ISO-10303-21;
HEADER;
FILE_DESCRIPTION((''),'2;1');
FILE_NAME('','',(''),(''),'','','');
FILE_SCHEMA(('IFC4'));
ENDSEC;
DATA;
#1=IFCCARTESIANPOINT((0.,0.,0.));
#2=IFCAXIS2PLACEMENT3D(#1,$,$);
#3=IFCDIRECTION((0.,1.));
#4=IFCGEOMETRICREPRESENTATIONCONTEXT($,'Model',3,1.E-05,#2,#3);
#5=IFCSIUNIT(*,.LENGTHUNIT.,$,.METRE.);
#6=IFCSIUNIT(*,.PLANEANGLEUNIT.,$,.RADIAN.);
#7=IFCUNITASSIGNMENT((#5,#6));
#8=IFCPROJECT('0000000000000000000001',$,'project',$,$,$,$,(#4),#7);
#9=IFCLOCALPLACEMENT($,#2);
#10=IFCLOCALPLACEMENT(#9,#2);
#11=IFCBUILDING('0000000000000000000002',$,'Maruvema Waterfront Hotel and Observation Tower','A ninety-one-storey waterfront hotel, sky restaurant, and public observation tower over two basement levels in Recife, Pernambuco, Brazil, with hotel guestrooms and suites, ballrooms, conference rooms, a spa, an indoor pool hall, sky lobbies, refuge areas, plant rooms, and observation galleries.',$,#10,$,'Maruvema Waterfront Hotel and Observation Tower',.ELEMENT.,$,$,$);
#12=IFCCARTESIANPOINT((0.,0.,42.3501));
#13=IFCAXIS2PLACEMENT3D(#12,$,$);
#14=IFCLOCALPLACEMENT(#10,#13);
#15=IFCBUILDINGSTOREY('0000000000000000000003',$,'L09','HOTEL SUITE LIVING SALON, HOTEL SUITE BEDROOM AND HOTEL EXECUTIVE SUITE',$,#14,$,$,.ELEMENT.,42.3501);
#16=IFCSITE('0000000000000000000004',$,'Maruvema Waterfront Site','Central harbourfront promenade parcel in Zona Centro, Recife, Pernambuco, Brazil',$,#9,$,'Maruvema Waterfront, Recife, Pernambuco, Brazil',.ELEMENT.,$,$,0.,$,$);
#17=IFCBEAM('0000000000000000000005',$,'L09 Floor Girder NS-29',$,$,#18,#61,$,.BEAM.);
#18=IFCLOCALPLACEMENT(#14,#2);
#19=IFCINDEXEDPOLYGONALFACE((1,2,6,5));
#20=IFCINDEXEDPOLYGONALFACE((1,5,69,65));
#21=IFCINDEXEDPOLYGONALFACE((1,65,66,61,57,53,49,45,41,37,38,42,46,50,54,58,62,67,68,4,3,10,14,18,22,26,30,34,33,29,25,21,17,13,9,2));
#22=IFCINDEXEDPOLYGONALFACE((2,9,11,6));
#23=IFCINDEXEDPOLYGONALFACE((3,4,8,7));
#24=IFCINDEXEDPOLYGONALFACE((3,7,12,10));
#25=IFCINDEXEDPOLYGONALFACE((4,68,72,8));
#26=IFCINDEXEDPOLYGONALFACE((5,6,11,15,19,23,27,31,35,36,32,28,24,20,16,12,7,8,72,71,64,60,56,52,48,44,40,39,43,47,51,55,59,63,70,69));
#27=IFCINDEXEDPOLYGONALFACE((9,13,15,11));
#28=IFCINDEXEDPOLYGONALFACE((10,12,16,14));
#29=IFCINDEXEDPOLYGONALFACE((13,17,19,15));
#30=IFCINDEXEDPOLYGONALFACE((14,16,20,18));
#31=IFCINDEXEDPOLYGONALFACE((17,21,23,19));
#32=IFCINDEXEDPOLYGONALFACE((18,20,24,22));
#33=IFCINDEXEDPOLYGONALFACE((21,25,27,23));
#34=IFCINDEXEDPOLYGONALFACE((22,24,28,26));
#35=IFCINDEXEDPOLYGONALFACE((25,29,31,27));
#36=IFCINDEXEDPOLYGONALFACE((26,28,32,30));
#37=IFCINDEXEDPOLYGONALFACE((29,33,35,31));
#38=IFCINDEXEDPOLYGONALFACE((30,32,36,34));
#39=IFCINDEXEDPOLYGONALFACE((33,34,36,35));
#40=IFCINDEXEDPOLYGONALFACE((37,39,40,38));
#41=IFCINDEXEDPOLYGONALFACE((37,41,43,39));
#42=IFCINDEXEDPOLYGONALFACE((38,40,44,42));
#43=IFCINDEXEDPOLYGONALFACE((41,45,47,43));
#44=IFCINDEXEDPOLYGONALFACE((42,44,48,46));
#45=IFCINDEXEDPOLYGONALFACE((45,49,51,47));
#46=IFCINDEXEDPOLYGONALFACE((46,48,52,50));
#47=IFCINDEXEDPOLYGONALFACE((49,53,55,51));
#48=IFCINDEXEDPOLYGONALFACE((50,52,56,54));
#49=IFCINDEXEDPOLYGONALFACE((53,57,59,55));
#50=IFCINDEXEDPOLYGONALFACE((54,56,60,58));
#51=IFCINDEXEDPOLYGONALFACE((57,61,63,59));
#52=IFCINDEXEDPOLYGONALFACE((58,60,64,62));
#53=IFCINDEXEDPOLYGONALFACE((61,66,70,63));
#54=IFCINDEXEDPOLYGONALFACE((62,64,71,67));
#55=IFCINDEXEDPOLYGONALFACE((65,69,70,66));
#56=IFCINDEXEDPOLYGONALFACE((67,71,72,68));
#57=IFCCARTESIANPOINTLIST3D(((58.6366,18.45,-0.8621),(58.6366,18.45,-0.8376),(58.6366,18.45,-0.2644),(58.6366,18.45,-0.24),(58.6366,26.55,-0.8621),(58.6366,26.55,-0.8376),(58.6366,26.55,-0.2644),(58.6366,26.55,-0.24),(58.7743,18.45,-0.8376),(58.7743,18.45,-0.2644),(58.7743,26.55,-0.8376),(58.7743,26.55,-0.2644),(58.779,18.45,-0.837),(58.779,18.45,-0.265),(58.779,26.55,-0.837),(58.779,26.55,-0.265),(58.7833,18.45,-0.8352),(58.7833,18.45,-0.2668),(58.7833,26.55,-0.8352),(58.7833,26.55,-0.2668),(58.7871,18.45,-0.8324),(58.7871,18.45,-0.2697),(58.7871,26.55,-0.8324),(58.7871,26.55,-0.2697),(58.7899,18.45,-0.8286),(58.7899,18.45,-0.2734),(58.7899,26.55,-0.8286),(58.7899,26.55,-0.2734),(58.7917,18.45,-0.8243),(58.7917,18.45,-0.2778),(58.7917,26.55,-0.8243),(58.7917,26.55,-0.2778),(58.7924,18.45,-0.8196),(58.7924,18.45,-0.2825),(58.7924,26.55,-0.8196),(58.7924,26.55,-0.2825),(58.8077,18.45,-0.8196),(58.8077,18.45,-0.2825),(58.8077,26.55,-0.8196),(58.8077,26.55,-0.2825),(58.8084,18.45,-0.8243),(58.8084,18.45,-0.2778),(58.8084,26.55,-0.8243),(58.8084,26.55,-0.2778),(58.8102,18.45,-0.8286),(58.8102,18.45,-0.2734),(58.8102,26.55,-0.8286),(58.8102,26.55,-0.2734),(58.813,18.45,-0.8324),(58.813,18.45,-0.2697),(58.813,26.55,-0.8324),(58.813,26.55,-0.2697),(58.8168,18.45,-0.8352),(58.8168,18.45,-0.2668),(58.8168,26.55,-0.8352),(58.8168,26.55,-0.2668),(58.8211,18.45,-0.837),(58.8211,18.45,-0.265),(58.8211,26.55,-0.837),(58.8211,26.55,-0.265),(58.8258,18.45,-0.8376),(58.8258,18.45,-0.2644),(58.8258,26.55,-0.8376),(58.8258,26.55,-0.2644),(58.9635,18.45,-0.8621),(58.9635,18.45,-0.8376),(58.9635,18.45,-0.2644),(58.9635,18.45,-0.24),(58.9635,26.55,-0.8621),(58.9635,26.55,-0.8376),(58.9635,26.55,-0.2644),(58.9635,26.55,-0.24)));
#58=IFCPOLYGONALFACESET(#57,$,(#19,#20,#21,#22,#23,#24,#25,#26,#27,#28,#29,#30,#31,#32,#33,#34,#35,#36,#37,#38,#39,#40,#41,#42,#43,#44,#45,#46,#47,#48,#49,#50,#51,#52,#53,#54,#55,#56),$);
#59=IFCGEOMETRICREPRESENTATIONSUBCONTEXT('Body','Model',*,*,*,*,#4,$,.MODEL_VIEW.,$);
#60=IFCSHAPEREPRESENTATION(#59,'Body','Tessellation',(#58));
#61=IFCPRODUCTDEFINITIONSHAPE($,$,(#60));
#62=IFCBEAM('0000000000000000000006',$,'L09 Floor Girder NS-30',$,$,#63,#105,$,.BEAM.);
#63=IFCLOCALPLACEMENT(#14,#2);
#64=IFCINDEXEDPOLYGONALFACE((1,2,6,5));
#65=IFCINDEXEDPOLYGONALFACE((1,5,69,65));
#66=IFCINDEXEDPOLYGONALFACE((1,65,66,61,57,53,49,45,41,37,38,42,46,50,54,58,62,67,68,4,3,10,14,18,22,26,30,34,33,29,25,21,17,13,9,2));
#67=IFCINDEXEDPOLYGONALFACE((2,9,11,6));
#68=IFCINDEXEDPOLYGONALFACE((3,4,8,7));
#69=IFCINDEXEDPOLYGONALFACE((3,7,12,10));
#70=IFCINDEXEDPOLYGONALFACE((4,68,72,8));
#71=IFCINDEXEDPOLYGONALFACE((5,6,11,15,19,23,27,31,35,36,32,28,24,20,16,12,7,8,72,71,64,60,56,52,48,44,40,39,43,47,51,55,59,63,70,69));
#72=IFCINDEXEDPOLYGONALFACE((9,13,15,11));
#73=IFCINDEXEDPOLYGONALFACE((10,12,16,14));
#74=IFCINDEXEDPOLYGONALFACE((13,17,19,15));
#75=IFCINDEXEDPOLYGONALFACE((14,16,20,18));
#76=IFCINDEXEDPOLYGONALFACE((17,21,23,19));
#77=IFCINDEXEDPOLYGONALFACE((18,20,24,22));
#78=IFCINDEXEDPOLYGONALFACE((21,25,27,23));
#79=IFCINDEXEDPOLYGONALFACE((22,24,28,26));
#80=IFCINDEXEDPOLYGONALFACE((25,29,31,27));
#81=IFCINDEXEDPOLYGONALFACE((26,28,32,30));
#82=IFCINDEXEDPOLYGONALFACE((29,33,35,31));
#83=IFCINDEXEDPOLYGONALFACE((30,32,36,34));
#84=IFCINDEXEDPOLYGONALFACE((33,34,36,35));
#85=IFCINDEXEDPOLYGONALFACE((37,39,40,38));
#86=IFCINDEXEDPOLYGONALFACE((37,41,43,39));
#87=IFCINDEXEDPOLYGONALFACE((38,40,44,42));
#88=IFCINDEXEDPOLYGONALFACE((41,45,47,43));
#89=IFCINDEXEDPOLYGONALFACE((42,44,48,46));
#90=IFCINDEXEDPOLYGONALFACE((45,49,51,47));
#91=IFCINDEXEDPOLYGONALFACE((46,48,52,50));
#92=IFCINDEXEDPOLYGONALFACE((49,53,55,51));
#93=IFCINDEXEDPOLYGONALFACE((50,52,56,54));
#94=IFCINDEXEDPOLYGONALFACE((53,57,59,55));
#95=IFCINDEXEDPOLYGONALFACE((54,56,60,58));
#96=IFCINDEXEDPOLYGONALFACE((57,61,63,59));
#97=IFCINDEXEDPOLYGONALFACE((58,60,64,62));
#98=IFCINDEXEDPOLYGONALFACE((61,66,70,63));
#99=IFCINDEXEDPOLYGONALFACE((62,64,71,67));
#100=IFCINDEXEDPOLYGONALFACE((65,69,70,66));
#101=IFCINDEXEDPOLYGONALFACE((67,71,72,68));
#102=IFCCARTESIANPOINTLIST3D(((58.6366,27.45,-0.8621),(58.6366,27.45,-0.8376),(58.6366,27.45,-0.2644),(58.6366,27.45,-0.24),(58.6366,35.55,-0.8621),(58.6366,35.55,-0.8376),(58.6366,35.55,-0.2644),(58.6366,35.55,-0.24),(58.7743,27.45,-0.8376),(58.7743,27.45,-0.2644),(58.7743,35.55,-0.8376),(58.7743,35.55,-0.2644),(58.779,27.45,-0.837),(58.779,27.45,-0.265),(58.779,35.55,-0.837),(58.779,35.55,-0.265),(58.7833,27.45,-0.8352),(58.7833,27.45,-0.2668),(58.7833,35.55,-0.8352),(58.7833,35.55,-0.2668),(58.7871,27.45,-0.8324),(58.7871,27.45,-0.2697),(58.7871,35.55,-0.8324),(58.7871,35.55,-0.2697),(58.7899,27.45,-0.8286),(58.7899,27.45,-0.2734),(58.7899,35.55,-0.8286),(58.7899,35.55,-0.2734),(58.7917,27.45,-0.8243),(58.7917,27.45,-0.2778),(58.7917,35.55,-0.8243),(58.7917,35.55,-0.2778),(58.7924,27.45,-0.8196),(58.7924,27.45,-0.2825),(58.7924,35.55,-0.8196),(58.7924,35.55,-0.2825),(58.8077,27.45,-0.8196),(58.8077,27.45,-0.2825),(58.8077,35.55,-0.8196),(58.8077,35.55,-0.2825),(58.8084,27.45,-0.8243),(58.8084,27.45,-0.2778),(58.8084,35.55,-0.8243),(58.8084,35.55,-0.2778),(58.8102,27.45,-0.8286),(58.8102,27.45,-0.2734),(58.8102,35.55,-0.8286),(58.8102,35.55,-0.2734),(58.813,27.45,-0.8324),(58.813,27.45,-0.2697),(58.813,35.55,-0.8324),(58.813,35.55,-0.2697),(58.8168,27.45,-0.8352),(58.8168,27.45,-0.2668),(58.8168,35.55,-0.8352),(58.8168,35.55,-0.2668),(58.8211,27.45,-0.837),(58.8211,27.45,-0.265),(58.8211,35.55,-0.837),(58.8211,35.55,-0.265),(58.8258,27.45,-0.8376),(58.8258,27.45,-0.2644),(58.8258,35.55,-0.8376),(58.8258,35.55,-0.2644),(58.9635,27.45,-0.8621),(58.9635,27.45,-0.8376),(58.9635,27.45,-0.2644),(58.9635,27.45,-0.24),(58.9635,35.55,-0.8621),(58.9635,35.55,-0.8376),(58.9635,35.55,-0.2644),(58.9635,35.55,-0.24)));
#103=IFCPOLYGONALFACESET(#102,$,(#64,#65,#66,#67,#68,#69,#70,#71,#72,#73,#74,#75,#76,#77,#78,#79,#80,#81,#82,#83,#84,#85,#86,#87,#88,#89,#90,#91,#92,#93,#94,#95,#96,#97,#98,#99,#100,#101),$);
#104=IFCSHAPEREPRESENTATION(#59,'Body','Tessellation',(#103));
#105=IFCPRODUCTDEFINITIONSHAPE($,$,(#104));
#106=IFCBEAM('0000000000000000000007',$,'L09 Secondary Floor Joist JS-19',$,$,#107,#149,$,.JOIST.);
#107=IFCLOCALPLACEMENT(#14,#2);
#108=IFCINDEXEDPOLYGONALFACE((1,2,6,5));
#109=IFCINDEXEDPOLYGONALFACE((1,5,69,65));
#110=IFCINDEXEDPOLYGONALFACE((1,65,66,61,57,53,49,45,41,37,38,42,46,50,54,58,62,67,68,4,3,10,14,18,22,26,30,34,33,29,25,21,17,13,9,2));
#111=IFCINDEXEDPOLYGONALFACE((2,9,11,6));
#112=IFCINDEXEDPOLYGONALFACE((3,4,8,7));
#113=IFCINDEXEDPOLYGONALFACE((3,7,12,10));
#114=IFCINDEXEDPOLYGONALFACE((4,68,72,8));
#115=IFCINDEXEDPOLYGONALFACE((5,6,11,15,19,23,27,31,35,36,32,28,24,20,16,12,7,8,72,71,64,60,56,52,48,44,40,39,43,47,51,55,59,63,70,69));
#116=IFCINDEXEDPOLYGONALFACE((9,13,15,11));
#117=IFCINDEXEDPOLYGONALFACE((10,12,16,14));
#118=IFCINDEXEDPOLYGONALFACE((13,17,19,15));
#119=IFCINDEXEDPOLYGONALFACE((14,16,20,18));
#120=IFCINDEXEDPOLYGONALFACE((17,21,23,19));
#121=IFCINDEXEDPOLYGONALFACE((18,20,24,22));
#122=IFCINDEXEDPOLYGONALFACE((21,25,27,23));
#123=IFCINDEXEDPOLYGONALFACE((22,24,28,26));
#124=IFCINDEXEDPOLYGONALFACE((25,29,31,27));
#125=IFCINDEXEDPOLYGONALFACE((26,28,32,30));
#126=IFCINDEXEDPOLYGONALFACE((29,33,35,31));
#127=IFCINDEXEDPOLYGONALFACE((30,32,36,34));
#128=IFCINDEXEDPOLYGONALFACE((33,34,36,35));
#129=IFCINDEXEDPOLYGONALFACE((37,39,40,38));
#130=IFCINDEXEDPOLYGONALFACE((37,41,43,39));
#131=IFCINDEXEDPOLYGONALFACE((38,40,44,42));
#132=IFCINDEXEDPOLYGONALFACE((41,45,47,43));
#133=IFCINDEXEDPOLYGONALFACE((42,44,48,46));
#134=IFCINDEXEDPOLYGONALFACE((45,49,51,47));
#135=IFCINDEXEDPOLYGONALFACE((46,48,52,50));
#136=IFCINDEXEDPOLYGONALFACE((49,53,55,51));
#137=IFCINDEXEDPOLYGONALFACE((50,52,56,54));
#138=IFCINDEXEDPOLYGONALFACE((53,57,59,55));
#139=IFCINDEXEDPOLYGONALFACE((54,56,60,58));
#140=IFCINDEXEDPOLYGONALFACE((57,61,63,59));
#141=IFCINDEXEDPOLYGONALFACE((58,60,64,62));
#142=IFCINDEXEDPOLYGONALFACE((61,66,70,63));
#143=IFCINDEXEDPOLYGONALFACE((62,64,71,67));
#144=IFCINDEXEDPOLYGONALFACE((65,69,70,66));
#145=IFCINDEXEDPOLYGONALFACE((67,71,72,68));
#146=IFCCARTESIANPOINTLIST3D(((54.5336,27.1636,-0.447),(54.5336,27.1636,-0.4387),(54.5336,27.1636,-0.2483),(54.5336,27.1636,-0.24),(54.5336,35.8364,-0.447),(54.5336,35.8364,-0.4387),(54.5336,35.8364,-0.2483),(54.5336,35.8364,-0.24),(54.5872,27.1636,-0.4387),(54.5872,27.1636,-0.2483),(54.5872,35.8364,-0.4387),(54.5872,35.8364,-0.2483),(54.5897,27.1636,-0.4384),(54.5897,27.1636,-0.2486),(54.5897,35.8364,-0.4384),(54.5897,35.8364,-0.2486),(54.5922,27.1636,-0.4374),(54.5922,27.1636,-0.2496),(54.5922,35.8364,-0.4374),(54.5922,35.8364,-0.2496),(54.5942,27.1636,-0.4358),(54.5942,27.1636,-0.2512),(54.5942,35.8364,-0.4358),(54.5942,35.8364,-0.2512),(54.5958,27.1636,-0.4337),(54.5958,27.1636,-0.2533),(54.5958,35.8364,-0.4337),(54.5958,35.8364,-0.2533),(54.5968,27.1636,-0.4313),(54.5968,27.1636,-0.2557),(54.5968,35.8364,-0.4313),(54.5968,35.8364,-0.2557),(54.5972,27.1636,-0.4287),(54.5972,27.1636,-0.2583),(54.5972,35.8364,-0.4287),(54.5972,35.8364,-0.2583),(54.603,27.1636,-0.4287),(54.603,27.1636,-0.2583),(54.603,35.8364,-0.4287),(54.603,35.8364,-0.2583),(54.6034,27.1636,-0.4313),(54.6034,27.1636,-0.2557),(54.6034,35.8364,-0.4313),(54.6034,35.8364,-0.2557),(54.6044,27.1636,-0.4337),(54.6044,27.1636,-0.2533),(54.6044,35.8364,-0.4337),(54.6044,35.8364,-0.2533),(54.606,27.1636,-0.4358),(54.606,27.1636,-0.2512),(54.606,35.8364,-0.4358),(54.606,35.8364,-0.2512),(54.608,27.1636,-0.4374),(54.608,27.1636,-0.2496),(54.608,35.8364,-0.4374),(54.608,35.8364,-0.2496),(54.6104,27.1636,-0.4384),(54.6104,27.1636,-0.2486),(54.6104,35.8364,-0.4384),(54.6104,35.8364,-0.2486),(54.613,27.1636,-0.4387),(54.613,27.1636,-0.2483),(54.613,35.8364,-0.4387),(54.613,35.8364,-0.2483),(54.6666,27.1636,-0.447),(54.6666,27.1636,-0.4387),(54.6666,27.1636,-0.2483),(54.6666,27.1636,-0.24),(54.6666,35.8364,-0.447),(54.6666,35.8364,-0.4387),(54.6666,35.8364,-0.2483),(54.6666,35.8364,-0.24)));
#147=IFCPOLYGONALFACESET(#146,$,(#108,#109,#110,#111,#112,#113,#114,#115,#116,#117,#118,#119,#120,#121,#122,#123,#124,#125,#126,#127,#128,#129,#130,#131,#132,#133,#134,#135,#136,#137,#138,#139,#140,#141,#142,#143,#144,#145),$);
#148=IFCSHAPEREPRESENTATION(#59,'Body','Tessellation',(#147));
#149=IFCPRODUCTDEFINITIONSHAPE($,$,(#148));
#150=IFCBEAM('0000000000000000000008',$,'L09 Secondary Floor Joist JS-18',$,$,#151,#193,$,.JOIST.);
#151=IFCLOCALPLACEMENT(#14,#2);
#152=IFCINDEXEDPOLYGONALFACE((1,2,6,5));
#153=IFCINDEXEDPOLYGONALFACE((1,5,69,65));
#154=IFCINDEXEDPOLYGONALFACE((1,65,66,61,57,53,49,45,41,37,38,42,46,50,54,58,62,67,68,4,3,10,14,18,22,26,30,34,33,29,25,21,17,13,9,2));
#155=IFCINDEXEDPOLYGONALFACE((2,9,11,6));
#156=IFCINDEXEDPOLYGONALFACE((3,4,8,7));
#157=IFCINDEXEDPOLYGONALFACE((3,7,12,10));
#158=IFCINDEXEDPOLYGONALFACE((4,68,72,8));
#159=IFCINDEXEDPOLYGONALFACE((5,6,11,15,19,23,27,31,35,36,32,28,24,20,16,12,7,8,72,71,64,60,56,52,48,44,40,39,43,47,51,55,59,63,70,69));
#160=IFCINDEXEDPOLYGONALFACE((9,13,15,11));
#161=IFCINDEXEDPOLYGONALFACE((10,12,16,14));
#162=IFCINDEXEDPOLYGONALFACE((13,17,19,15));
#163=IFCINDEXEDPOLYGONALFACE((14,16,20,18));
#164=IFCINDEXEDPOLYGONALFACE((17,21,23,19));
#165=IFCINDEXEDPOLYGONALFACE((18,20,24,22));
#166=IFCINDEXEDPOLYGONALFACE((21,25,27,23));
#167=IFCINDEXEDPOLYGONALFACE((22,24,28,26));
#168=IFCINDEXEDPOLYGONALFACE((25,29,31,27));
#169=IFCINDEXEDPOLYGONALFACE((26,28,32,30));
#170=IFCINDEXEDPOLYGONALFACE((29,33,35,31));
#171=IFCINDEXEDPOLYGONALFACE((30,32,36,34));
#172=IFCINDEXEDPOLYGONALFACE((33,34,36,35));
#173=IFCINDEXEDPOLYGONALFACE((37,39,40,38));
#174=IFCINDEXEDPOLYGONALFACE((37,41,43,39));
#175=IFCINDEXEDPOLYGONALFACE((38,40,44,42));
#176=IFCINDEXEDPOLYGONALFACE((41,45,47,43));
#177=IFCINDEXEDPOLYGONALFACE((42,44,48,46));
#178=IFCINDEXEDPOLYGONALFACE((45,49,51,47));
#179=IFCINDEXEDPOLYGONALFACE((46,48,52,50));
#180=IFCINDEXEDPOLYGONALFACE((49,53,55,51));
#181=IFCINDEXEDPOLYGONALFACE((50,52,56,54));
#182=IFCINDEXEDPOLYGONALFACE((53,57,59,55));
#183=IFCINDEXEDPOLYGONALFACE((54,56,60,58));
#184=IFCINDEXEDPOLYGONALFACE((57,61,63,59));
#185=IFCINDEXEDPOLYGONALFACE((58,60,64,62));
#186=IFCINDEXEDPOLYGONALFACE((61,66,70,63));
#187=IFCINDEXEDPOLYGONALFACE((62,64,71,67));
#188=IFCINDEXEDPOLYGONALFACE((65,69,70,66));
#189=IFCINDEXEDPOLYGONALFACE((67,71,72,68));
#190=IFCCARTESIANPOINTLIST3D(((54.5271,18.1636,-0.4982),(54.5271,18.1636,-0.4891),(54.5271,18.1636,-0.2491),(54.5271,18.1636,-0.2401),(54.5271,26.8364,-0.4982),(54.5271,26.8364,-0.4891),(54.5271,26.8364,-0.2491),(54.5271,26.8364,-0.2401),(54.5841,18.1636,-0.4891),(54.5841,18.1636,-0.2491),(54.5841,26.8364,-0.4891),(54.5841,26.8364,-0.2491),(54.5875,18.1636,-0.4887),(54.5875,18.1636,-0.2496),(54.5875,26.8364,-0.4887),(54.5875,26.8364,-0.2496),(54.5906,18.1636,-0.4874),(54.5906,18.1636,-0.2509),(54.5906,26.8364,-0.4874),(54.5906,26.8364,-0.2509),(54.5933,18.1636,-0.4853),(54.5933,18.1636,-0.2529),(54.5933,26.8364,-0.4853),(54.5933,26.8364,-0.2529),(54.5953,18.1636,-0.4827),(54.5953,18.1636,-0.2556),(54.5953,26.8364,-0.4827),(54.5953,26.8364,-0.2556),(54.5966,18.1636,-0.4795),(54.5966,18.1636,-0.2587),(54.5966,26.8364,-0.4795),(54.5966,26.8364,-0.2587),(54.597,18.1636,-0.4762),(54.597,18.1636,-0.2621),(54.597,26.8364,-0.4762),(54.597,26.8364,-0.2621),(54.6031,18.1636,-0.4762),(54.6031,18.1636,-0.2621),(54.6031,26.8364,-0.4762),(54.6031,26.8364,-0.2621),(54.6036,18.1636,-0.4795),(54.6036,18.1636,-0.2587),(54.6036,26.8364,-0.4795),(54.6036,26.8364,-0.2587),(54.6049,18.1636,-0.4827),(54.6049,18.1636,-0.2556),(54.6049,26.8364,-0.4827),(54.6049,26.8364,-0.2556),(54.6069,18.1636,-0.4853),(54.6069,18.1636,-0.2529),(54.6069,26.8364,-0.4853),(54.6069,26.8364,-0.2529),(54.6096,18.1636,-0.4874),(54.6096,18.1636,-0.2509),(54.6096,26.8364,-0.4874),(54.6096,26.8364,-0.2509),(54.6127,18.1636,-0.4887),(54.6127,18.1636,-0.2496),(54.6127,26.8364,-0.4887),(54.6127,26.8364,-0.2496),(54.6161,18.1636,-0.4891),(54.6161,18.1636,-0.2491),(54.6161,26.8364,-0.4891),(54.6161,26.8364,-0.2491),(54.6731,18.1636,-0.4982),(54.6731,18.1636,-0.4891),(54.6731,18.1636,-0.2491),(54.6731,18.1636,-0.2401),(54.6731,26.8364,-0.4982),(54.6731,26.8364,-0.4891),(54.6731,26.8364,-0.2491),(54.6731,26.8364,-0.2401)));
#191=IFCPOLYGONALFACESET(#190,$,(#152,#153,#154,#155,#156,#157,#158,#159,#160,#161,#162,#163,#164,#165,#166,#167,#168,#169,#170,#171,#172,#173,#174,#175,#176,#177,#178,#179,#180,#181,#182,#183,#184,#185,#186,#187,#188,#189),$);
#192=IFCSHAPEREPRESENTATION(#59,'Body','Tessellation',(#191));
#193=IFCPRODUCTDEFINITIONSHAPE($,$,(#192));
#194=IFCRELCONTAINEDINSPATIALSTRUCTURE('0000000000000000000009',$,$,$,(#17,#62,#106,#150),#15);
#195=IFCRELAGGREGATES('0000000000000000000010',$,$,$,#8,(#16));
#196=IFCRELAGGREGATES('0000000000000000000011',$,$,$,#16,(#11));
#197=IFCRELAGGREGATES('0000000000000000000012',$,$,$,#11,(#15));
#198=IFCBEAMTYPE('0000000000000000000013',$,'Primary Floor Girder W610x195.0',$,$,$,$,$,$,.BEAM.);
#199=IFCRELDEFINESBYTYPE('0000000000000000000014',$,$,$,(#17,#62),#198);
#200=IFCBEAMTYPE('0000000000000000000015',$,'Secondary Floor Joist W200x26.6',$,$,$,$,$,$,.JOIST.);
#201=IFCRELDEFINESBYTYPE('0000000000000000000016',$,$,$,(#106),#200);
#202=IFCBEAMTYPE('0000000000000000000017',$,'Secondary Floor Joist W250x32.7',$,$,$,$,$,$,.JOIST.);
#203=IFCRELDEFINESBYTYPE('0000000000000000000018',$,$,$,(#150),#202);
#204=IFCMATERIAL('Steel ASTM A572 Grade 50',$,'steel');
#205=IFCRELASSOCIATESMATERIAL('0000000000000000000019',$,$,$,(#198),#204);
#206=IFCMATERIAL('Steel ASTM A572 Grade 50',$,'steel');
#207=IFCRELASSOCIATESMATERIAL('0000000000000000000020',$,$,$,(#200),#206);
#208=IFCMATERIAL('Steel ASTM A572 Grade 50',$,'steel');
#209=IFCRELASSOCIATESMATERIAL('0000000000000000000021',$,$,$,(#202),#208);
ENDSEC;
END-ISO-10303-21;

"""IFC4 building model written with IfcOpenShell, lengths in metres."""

from ifc_helpers import new_model, si_unit, direction, frame, origin, origin_2d, place, context, subcontext, project, spatial, i_section, extrude, material, material_profile, profile_set, type_object, element, save


model = new_model("IFC4")

# Units and contexts
model_context = context("Model", 3, precision=1e-05, world=origin(), true_north=direction((0.0, 1.0)))
body_context = subcontext(model_context, "Body", "Model", "MODEL_VIEW")
ifc_project = project(units=[si_unit("LENGTHUNIT", "METRE"), si_unit("PLANEANGLEUNIT", "RADIAN")], contexts=[model_context])

# Site, building, storey
site_placement = place(None, origin())
site = spatial("IfcSite", under=ifc_project, at=site_placement, Name="Maruvema Waterfront Site", Description="Central harbourfront promenade parcel in Zona Centro, Recife, Pernambuco, Brazil", LongName="Maruvema Waterfront, Recife, Pernambuco, Brazil", CompositionType="ELEMENT", RefElevation=0.0)
building_placement = place(site_placement, origin())
building = spatial("IfcBuilding", under=site, at=building_placement, Name="Maruvema Waterfront Hotel and Observation Tower", Description="A ninety-one-storey waterfront hotel, sky restaurant, and public observation tower over two basement levels in Recife, Pernambuco, Brazil, with hotel guestrooms and suites, ballrooms, conference rooms, a spa, an indoor pool hall, sky lobbies, refuge areas, plant rooms, and observation galleries.", LongName="Maruvema Waterfront Hotel and Observation Tower", CompositionType="ELEMENT")
storey_placement = place(building_placement, frame((0.0, 0.0, 42.3501)))
storey = spatial("IfcBuildingStorey", under=building, at=storey_placement, Name="L09", Description="HOTEL SUITE LIVING SALON, HOTEL SUITE BEDROOM AND HOTEL EXECUTIVE SUITE", CompositionType="ELEMENT", Elevation=42.3501)

# Beams
ifc_material_1 = material(Name="Steel ASTM A572 Grade 50", Category="steel")
ifc_material_profile_1 = material_profile(ifc_material_1, i_section(OverallWidth=0.3269, OverallDepth=0.6221, WebThickness=0.0154, FlangeThickness=0.0244, FilletRadius=0.0181, at=origin_2d()), Name="W610x195.0")
ifc_profile_set_1 = profile_set([ifc_material_profile_1], Name="Steel ASTM A572 Grade 50")
beam_type_1 = type_object("IfcBeamType", Name="Primary Floor Girder W610x195.0", PredefinedType="BEAM", material=ifc_profile_set_1)
for number, where, z_axis, x_axis, name in (
    (1, (58.8, 18.45, -0.551), (0.0, 1.0, 0.0), (-1.0, 0.0, 0.0), "L09 Floor Girder NS-29"),
    (2, (58.8, 27.45, -0.551), (0.0, 1.0, 0.0), (-1.0, 0.0, 0.0), "L09 Floor Girder NS-30"),
):
    element("IfcBeam", number, at=place(storey_placement, frame(where, z_axis=z_axis, x_axis=x_axis)), inside=storey, type_object=beam_type_1, Name=name, PredefinedType="BEAM", context=body_context, shape_type="SweptSolid", body=[
        extrude(i_section(OverallWidth=0.3269, OverallDepth=0.6221, WebThickness=0.0154, FlangeThickness=0.0244, FilletRadius=0.0181, at=origin_2d()), origin(), (0.0, 0.0, 1.0), 8.1001),
    ])
ifc_material_2 = material(Name="Steel ASTM A572 Grade 50", Category="steel")
ifc_material_profile_2 = material_profile(ifc_material_2, i_section(OverallWidth=0.1331, OverallDepth=0.207, WebThickness=0.0059, FlangeThickness=0.0083, FilletRadius=0.01, at=origin_2d()), Name="W200x26.6")
ifc_profile_set_2 = profile_set([ifc_material_profile_2], Name="Steel ASTM A572 Grade 50")
beam_type_2 = type_object("IfcBeamType", Name="Secondary Floor Joist W200x26.6", PredefinedType="JOIST", material=ifc_profile_set_2)
beam_1_placement = place(storey_placement, frame((54.6001, 27.1636, -0.3435), z_axis=(0.0, 1.0, 0.0), x_axis=(-1.0, 0.0, 0.0)))
element("IfcBeam", 3, at=beam_1_placement, inside=storey, type_object=beam_type_2, Name="L09 Secondary Floor Joist JS-19", PredefinedType="JOIST", context=body_context, shape_type="SweptSolid", body=[
    extrude(i_section(OverallWidth=0.1331, OverallDepth=0.207, WebThickness=0.0059, FlangeThickness=0.0083, FilletRadius=0.01, at=origin_2d()), origin(), (0.0, 0.0, 1.0), 8.6729),
])
ifc_material_3 = material(Name="Steel ASTM A572 Grade 50", Category="steel")
ifc_material_profile_3 = material_profile(ifc_material_3, i_section(OverallWidth=0.146, OverallDepth=0.2581, WebThickness=0.0061, FlangeThickness=0.009, FilletRadius=0.0129, at=origin_2d()), Name="W250x32.7")
ifc_profile_set_3 = profile_set([ifc_material_profile_3], Name="Steel ASTM A572 Grade 50")
beam_type_3 = type_object("IfcBeamType", Name="Secondary Floor Joist W250x32.7", PredefinedType="JOIST", material=ifc_profile_set_3)
beam_2_placement = place(storey_placement, frame((54.6001, 18.1636, -0.3691), z_axis=(0.0, 1.0, 0.0), x_axis=(-1.0, 0.0, 0.0)))
element("IfcBeam", 4, at=beam_2_placement, inside=storey, type_object=beam_type_3, Name="L09 Secondary Floor Joist JS-18", PredefinedType="JOIST", context=body_context, shape_type="SweptSolid", body=[
    extrude(i_section(OverallWidth=0.146, OverallDepth=0.2581, WebThickness=0.0061, FlangeThickness=0.009, FilletRadius=0.0129, at=origin_2d()), origin(), (0.0, 0.0, 1.0), 8.6729),
])

save(model, "model.ifc")
